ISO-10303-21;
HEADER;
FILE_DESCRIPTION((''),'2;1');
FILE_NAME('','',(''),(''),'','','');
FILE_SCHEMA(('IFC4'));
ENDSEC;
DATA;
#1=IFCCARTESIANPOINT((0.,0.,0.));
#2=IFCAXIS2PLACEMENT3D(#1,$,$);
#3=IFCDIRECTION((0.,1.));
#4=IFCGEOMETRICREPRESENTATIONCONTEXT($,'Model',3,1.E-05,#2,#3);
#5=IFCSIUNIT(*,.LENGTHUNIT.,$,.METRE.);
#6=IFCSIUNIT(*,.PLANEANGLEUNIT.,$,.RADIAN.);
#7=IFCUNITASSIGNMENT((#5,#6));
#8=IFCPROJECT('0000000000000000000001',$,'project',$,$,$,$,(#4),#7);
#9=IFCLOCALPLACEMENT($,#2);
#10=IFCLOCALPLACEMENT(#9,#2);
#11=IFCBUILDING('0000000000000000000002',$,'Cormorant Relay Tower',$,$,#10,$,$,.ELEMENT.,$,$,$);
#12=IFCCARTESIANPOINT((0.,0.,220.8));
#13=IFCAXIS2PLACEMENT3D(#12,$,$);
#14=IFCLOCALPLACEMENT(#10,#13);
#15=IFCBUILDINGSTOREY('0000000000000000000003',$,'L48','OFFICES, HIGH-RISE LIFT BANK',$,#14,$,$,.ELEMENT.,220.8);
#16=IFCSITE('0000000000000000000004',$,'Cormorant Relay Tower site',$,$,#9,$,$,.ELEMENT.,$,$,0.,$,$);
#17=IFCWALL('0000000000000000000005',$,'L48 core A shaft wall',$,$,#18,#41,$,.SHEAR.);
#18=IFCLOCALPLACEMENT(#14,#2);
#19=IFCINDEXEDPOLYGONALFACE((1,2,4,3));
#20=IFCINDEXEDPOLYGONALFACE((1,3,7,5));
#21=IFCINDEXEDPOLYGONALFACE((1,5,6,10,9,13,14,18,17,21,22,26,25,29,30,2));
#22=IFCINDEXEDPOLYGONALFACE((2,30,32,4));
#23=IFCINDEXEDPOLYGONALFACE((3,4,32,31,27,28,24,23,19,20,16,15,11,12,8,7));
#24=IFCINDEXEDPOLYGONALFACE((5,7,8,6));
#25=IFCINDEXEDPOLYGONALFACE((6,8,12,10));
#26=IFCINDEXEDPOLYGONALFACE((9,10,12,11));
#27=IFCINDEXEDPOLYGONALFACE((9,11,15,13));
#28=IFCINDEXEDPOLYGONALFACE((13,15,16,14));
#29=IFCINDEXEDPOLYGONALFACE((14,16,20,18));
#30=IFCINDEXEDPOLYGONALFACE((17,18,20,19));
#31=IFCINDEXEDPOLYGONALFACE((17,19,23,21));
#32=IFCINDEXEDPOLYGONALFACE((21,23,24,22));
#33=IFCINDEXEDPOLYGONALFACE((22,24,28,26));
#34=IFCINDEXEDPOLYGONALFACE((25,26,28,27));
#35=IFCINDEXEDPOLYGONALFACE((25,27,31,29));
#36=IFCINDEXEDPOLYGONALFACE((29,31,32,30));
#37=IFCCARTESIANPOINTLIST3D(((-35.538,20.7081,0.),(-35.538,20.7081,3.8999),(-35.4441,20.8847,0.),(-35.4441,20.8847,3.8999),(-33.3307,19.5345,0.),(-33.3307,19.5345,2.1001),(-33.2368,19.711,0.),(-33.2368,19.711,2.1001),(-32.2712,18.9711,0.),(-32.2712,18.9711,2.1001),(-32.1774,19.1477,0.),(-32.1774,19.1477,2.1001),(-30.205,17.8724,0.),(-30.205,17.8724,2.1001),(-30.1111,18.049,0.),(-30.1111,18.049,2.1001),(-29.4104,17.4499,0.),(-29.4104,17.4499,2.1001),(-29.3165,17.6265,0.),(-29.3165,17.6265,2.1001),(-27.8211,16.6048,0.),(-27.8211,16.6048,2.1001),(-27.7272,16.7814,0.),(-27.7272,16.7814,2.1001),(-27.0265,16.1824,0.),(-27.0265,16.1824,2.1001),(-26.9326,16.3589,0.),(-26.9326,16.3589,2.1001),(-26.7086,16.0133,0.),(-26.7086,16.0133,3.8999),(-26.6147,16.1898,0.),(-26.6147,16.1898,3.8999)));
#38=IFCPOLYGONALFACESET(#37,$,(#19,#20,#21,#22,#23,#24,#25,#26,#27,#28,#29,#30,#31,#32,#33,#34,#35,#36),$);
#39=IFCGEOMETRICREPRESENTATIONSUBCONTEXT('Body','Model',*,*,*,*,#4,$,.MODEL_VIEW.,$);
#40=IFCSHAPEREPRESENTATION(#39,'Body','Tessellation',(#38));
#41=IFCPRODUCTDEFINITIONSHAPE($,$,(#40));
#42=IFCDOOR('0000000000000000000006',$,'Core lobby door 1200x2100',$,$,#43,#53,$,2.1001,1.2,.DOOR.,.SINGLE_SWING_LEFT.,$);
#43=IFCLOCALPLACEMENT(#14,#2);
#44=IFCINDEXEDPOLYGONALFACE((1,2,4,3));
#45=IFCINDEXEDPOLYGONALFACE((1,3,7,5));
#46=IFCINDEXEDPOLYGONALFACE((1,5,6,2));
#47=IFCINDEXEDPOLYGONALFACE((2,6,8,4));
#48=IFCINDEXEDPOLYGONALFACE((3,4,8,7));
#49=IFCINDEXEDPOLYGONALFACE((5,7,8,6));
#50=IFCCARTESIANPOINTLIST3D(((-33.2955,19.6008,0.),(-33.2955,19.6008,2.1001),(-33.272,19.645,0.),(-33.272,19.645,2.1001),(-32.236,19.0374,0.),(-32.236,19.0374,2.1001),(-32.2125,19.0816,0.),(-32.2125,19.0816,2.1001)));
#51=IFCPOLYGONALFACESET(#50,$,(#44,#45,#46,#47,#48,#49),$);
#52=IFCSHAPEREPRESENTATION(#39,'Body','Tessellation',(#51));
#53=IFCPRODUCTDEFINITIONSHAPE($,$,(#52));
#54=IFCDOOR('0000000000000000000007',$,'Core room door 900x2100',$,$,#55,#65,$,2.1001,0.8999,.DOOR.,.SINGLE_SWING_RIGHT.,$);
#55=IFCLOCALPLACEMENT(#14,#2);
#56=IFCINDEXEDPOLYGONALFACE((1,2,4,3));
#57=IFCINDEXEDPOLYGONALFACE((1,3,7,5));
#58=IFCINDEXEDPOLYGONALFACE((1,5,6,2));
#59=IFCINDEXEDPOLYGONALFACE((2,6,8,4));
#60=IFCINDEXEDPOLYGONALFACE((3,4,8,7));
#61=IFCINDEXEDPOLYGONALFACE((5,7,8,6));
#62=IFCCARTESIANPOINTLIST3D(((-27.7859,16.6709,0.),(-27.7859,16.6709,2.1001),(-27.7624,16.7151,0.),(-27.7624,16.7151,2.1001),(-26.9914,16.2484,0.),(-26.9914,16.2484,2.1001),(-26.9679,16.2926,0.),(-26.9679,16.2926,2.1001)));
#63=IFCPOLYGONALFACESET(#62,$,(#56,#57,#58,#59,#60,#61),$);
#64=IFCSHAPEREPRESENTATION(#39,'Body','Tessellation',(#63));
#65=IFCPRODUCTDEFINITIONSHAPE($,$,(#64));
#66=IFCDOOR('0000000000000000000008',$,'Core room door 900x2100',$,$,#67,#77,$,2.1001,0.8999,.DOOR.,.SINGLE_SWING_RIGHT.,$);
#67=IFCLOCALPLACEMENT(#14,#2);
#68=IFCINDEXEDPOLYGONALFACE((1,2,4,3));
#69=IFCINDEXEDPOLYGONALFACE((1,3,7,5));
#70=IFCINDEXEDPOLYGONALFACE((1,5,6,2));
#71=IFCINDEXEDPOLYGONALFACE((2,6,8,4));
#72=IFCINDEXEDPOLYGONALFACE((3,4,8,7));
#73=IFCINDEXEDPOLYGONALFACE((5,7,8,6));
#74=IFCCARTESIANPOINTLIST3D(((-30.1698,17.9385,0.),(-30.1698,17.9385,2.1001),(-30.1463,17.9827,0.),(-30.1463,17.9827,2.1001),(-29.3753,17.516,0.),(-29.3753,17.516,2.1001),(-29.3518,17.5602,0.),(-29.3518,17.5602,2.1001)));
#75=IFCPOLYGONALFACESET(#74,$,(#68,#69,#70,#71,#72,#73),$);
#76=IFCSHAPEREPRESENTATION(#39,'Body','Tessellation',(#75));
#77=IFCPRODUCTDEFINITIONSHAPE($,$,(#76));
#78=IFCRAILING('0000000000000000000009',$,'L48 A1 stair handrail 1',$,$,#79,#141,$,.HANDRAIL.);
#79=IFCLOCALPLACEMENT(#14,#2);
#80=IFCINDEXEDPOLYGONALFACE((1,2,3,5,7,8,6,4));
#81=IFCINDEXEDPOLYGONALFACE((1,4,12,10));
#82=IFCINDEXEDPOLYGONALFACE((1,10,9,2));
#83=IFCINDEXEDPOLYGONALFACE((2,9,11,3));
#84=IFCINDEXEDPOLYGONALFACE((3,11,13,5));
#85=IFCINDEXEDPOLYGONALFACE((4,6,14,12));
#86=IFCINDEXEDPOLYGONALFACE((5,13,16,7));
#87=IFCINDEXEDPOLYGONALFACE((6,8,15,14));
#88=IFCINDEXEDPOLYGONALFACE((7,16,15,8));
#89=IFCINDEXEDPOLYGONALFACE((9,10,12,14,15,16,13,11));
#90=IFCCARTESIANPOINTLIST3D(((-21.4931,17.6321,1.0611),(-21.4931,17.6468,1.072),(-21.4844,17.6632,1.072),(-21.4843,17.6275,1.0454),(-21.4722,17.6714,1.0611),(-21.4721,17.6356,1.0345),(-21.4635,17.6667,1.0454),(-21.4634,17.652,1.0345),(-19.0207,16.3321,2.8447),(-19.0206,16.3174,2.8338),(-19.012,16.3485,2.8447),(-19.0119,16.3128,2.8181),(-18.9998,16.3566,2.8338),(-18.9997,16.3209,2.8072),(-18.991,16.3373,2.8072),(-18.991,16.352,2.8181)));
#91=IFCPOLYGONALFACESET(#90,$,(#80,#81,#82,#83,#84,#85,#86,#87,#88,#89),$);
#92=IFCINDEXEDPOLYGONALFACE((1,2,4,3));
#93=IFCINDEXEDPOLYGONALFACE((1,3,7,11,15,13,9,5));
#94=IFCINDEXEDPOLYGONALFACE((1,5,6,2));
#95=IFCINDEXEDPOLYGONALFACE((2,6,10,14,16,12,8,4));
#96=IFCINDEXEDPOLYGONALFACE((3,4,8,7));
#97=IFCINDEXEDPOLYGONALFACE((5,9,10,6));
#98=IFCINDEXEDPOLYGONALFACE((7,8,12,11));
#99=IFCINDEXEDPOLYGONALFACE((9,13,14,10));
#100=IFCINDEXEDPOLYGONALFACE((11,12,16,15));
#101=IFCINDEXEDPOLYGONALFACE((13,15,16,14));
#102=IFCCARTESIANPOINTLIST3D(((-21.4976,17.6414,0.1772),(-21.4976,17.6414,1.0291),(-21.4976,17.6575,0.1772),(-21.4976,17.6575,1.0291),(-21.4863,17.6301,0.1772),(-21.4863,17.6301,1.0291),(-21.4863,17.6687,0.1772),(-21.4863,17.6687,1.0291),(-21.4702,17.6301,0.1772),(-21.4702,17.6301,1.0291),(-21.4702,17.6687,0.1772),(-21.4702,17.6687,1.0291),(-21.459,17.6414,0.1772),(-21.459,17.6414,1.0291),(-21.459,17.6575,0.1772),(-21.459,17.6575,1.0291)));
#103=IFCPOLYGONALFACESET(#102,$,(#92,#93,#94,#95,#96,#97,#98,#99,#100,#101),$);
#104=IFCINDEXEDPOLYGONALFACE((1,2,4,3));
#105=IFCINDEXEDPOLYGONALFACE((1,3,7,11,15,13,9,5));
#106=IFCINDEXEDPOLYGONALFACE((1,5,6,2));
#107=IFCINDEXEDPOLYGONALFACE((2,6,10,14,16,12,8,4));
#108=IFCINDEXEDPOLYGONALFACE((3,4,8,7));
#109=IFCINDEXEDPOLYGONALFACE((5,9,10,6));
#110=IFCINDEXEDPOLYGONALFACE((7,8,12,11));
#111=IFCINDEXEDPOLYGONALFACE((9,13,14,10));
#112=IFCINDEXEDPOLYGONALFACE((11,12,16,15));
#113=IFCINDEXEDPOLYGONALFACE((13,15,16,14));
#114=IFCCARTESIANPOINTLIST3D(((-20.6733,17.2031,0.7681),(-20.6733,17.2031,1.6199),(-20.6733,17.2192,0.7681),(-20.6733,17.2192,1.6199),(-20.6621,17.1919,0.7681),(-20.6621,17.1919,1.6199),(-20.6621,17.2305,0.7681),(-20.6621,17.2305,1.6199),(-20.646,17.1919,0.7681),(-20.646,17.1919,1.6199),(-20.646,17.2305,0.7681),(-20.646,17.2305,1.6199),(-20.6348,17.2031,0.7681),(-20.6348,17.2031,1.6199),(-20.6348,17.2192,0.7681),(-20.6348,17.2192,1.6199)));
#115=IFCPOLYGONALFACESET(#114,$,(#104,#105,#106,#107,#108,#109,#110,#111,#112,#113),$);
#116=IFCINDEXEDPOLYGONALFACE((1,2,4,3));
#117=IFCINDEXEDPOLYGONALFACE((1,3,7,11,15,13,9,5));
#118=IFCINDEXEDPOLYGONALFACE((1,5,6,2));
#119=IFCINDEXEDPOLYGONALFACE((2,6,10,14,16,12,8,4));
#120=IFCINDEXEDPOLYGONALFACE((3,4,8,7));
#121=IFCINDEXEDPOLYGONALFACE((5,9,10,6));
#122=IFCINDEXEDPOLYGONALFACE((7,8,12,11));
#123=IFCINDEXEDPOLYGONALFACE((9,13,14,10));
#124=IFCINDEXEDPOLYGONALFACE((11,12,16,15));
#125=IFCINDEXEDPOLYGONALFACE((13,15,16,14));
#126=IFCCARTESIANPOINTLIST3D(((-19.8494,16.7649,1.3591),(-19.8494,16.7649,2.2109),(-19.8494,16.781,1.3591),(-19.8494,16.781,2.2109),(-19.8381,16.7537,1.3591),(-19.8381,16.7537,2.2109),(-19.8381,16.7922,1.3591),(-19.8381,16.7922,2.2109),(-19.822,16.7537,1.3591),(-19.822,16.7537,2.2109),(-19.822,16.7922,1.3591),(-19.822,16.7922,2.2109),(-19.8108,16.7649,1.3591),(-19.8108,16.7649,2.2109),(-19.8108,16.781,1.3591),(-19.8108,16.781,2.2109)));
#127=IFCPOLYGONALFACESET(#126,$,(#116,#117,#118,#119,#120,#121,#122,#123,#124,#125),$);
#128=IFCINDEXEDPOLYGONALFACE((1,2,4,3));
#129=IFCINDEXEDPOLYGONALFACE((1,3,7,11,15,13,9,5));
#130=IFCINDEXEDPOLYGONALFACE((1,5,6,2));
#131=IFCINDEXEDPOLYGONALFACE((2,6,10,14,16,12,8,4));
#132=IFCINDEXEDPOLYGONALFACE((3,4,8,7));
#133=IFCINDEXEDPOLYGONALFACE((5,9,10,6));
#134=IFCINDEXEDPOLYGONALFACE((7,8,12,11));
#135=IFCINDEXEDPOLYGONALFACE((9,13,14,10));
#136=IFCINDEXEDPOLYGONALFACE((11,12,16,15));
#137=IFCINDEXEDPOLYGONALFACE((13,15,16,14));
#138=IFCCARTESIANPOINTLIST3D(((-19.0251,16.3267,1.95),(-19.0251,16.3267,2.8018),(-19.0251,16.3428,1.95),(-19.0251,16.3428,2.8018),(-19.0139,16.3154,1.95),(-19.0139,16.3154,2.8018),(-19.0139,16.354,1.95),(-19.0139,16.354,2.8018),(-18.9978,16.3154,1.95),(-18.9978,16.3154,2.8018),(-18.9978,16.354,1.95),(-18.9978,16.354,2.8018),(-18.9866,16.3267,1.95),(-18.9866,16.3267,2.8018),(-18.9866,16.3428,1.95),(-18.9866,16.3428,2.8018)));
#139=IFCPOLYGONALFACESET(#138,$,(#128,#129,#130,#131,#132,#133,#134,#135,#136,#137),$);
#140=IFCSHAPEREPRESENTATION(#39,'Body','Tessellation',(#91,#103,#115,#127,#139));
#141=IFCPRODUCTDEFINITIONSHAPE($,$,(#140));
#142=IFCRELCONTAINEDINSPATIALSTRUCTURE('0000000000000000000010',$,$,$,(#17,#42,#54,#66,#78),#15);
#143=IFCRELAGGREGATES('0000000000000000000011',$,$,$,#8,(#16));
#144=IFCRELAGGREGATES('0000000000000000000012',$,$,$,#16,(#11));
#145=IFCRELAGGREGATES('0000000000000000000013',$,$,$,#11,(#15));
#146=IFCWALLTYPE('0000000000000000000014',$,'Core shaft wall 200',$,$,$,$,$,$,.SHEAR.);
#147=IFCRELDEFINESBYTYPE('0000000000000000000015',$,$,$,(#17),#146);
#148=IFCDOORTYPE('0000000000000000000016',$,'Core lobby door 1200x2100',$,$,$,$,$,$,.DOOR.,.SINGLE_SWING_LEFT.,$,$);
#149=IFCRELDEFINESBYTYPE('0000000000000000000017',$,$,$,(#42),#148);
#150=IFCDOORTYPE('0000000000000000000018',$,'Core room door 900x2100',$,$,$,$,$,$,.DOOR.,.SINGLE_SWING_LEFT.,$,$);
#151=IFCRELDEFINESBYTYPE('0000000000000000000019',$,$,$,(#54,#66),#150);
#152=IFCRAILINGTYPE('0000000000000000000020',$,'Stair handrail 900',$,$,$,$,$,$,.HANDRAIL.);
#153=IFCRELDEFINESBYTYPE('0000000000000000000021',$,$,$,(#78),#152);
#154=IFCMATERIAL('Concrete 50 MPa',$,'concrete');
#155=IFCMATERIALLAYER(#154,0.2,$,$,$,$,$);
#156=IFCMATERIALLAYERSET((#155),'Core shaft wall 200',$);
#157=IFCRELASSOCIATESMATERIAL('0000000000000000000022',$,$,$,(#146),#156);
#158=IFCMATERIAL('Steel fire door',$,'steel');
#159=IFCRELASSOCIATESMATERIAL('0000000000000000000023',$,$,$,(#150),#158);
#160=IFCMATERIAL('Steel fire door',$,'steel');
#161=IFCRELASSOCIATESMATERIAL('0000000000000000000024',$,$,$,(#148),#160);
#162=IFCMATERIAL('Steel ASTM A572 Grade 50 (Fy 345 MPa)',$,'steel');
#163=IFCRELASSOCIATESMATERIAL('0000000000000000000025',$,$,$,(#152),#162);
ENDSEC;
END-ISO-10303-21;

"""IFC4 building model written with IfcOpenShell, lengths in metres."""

from ifc_helpers import new_model, si_unit, direction, frame, frame_2d, origin, place, context, subcontext, project, spatial, polyline, rectangle, outline, extrude, material, layer, layer_set, type_object, element, fill, save


model = new_model("IFC4")

# Units and contexts
model_context = context("Model", 3, precision=1e-05, world=origin(), true_north=direction((0.0, 1.0)))
body_context = subcontext(model_context, "Body", "Model", "MODEL_VIEW")
ifc_project = project(units=[si_unit("LENGTHUNIT", "METRE"), si_unit("PLANEANGLEUNIT", "RADIAN")], contexts=[model_context])

# Site, building, storey
site_placement = place(None, origin())
site = spatial("IfcSite", under=ifc_project, at=site_placement, Name="Cormorant Relay Tower site", CompositionType="ELEMENT", RefElevation=0.0)
building_placement = place(site_placement, origin())
building = spatial("IfcBuilding", under=site, at=building_placement, Name="Cormorant Relay Tower", CompositionType="ELEMENT")
storey_placement = place(building_placement, frame((0.0, 0.0, 220.8)))
storey = spatial("IfcBuildingStorey", under=building, at=storey_placement, Name="L48", Description="OFFICES, HIGH-RISE LIFT BANK", CompositionType="ELEMENT", Elevation=220.8)

# Shared definitions
ifc_material_1 = material(Name="Concrete 50 MPa", Category="concrete")
ifc_layer_1 = layer(ifc_material_1, 0.2)
ifc_layer_set_1 = layer_set([ifc_layer_1], Name="Core shaft wall 200")
wall_type_1 = type_object("IfcWallType", Name="Core shaft wall 200", PredefinedType="SHEAR", material=ifc_layer_set_1)

# Shared definitions
ifc_material_2 = material(Name="Steel fire door", Category="steel")
door_type_1 = type_object("IfcDoorType", Name="Core room door 900x2100", OperationType="SINGLE_SWING_LEFT", PredefinedType="DOOR", material=ifc_material_2)

# Wall, openings, doors
wall_1_placement = place(storey_placement, frame((-26.6616, 16.1016, 0.0), z_axis=(0.0, 0.0, 1.0), x_axis=(-0.88294, 0.469485, 0.0)))
wall_1 = element("IfcWall", 1, at=wall_1_placement, inside=storey, type_object=wall_type_1, Name="L48 core A shaft wall", PredefinedType="SHEAR", context=body_context, shape_type="SweptSolid", body=[
    extrude(rectangle(XDim=10.0, YDim=0.2, at=frame_2d((5.0, 0.0))), origin(), (0.0, 0.0, 1.0), 3.8999),
])
opening_1_placement = place(wall_1_placement, frame((6.3, 0.0, 0.0)))
opening_1 = element("IfcOpeningElement", 2, at=opening_1_placement, cuts=wall_1, PredefinedType="OPENING", context=body_context, shape_type="SweptSolid", body=[
    extrude(rectangle(XDim=1.2, YDim=2.1001, at=frame_2d((0.6001, 1.05))), frame((0.0, 0.1099, 0.0), z_axis=(0.0, -1.0, 0.0), x_axis=(1.0, 0.0, 0.0)), (0.0, 0.0, 1.0), 0.22),
])
opening_2_placement = place(wall_1_placement, frame((0.3601, 0.0, 0.0)))
opening_2 = element("IfcOpeningElement", 3, at=opening_2_placement, cuts=wall_1, PredefinedType="OPENING", context=body_context, shape_type="SweptSolid", body=[
    extrude(rectangle(XDim=0.8999, YDim=2.1001, at=frame_2d((0.45, 1.05))), frame((0.0, 0.1099, 0.0), z_axis=(0.0, -1.0, 0.0), x_axis=(1.0, 0.0, 0.0)), (0.0, 0.0, 1.0), 0.22),
])
opening_3_placement = place(wall_1_placement, frame((3.0601, 0.0, 0.0)))
opening_3 = element("IfcOpeningElement", 4, at=opening_3_placement, cuts=wall_1, PredefinedType="OPENING", context=body_context, shape_type="SweptSolid", body=[
    extrude(rectangle(XDim=0.8999, YDim=2.1001, at=frame_2d((0.45, 1.05))), frame((0.0, 0.1099, 0.0), z_axis=(0.0, -1.0, 0.0), x_axis=(1.0, 0.0, 0.0)), (0.0, 0.0, 1.0), 0.22),
])
ifc_material_3 = material(Name="Steel fire door", Category="steel")
door_type_2 = type_object("IfcDoorType", Name="Core lobby door 1200x2100", OperationType="SINGLE_SWING_LEFT", PredefinedType="DOOR", material=ifc_material_3)
door_1_placement = place(opening_1_placement, origin())
door_1 = element("IfcDoor", 5, at=door_1_placement, inside=storey, type_object=door_type_2, Name="Core lobby door 1200x2100", OperationType="SINGLE_SWING_LEFT", OverallHeight=2.1001, OverallWidth=1.2, PredefinedType="DOOR", context=body_context, shape_type="SweptSolid", body=[
    extrude(rectangle(XDim=1.2, YDim=2.1001, at=frame_2d((0.6001, 1.05))), frame((0.0, 0.0249, 0.0), z_axis=(0.0, -1.0, 0.0), x_axis=(1.0, 0.0, 0.0)), (0.0, 0.0, 1.0), 0.05),
])
fill(opening_1, door_1)
door_2_placement = place(opening_2_placement, frame((0.8999, 0.0, 0.0), z_axis=(0.0, 0.0, 1.0), x_axis=(-1.0, 0.0, 0.0)))
door_2 = element("IfcDoor", 6, at=door_2_placement, inside=storey, type_object=door_type_1, Name="Core room door 900x2100", OperationType="SINGLE_SWING_RIGHT", OverallHeight=2.1001, OverallWidth=0.8999, PredefinedType="DOOR", context=body_context, shape_type="SweptSolid", body=[
    extrude(rectangle(XDim=0.8999, YDim=2.1001, at=frame_2d((0.45, 1.05))), frame((0.0, 0.0249, 0.0), z_axis=(0.0, -1.0, 0.0), x_axis=(1.0, 0.0, 0.0)), (0.0, 0.0, 1.0), 0.05),
])
fill(opening_2, door_2)
door_3_placement = place(opening_3_placement, frame((0.8999, 0.0, 0.0), z_axis=(0.0, 0.0, 1.0), x_axis=(-1.0, 0.0, 0.0)))
door_3 = element("IfcDoor", 7, at=door_3_placement, inside=storey, type_object=door_type_1, Name="Core room door 900x2100", OperationType="SINGLE_SWING_RIGHT", OverallHeight=2.1001, OverallWidth=0.8999, PredefinedType="DOOR", context=body_context, shape_type="SweptSolid", body=[
    extrude(rectangle(XDim=0.8999, YDim=2.1001, at=frame_2d((0.45, 1.05))), frame((0.0, 0.0249, 0.0), z_axis=(0.0, -1.0, 0.0), x_axis=(1.0, 0.0, 0.0)), (0.0, 0.0, 1.0), 0.05),
])
fill(opening_3, door_3)

# Railing
ifc_material_4 = material(Name="Steel ASTM A572 Grade 50 (Fy 345 MPa)", Category="steel")
railing_type = type_object("IfcRailingType", Name="Stair handrail 900", PredefinedType="HANDRAIL", material=ifc_material_4)
railing_placement = place(storey_placement, frame((-21.4783, 17.6494, 0.1772)))
element("IfcRailing", 8, at=railing_placement, inside=storey, type_object=railing_type, Name="L48 A1 stair handrail 1", PredefinedType="HANDRAIL", context=body_context, shape_type="SweptSolid", body=[
    extrude(outline(polyline([(0.0222, 0.0093), (0.0093, 0.0222), (-0.0093, 0.0222), (-0.0222, 0.0093), (-0.0222, -0.0093), (-0.0093, -0.0222), (0.0093, -0.0222), (0.0222, -0.0093), (0.0222, 0.0093)])), frame((0.0, 0.0, 0.876), z_axis=(0.746012, -0.39669, 0.534886), x_axis=(0.469497, 0.882934, 0.0)), (0.0, 0.0, 1.0), 3.3142),
    extrude(outline(polyline([(0.0193, 0.0081), (0.0081, 0.0193), (-0.0081, 0.0193), (-0.0193, 0.0081), (-0.0193, -0.0081), (-0.0081, -0.0193), (0.0081, -0.0193), (0.0193, -0.0081), (0.0193, 0.0081)])), origin(), (0.0, 0.0, 1.0), 0.8518),
    extrude(outline(polyline([(0.0193, 0.0081), (0.0081, 0.0193), (-0.0081, 0.0193), (-0.0193, 0.0081), (-0.0193, -0.0081), (-0.0081, -0.0193), (0.0081, -0.0193), (0.0193, -0.0081), (0.0193, 0.0081)])), frame((0.8242, -0.4382, 0.5908)), (0.0, 0.0, 1.0), 0.8518),
    extrude(outline(polyline([(0.0193, 0.0081), (0.0081, 0.0193), (-0.0081, 0.0193), (-0.0193, 0.0081), (-0.0193, -0.0081), (-0.0081, -0.0193), (0.0081, -0.0193), (0.0193, -0.0081), (0.0193, 0.0081)])), frame((1.6482, -0.8765, 1.1819)), (0.0, 0.0, 1.0), 0.8518),
    extrude(outline(polyline([(0.0193, 0.0081), (0.0081, 0.0193), (-0.0081, 0.0193), (-0.0193, 0.0081), (-0.0193, -0.0081), (-0.0081, -0.0193), (0.0081, -0.0193), (0.0193, -0.0081), (0.0193, 0.0081)])), frame((2.4724, -1.3147, 1.7727)), (0.0, 0.0, 1.0), 0.8518),
])

save(model, "model.ifc")
